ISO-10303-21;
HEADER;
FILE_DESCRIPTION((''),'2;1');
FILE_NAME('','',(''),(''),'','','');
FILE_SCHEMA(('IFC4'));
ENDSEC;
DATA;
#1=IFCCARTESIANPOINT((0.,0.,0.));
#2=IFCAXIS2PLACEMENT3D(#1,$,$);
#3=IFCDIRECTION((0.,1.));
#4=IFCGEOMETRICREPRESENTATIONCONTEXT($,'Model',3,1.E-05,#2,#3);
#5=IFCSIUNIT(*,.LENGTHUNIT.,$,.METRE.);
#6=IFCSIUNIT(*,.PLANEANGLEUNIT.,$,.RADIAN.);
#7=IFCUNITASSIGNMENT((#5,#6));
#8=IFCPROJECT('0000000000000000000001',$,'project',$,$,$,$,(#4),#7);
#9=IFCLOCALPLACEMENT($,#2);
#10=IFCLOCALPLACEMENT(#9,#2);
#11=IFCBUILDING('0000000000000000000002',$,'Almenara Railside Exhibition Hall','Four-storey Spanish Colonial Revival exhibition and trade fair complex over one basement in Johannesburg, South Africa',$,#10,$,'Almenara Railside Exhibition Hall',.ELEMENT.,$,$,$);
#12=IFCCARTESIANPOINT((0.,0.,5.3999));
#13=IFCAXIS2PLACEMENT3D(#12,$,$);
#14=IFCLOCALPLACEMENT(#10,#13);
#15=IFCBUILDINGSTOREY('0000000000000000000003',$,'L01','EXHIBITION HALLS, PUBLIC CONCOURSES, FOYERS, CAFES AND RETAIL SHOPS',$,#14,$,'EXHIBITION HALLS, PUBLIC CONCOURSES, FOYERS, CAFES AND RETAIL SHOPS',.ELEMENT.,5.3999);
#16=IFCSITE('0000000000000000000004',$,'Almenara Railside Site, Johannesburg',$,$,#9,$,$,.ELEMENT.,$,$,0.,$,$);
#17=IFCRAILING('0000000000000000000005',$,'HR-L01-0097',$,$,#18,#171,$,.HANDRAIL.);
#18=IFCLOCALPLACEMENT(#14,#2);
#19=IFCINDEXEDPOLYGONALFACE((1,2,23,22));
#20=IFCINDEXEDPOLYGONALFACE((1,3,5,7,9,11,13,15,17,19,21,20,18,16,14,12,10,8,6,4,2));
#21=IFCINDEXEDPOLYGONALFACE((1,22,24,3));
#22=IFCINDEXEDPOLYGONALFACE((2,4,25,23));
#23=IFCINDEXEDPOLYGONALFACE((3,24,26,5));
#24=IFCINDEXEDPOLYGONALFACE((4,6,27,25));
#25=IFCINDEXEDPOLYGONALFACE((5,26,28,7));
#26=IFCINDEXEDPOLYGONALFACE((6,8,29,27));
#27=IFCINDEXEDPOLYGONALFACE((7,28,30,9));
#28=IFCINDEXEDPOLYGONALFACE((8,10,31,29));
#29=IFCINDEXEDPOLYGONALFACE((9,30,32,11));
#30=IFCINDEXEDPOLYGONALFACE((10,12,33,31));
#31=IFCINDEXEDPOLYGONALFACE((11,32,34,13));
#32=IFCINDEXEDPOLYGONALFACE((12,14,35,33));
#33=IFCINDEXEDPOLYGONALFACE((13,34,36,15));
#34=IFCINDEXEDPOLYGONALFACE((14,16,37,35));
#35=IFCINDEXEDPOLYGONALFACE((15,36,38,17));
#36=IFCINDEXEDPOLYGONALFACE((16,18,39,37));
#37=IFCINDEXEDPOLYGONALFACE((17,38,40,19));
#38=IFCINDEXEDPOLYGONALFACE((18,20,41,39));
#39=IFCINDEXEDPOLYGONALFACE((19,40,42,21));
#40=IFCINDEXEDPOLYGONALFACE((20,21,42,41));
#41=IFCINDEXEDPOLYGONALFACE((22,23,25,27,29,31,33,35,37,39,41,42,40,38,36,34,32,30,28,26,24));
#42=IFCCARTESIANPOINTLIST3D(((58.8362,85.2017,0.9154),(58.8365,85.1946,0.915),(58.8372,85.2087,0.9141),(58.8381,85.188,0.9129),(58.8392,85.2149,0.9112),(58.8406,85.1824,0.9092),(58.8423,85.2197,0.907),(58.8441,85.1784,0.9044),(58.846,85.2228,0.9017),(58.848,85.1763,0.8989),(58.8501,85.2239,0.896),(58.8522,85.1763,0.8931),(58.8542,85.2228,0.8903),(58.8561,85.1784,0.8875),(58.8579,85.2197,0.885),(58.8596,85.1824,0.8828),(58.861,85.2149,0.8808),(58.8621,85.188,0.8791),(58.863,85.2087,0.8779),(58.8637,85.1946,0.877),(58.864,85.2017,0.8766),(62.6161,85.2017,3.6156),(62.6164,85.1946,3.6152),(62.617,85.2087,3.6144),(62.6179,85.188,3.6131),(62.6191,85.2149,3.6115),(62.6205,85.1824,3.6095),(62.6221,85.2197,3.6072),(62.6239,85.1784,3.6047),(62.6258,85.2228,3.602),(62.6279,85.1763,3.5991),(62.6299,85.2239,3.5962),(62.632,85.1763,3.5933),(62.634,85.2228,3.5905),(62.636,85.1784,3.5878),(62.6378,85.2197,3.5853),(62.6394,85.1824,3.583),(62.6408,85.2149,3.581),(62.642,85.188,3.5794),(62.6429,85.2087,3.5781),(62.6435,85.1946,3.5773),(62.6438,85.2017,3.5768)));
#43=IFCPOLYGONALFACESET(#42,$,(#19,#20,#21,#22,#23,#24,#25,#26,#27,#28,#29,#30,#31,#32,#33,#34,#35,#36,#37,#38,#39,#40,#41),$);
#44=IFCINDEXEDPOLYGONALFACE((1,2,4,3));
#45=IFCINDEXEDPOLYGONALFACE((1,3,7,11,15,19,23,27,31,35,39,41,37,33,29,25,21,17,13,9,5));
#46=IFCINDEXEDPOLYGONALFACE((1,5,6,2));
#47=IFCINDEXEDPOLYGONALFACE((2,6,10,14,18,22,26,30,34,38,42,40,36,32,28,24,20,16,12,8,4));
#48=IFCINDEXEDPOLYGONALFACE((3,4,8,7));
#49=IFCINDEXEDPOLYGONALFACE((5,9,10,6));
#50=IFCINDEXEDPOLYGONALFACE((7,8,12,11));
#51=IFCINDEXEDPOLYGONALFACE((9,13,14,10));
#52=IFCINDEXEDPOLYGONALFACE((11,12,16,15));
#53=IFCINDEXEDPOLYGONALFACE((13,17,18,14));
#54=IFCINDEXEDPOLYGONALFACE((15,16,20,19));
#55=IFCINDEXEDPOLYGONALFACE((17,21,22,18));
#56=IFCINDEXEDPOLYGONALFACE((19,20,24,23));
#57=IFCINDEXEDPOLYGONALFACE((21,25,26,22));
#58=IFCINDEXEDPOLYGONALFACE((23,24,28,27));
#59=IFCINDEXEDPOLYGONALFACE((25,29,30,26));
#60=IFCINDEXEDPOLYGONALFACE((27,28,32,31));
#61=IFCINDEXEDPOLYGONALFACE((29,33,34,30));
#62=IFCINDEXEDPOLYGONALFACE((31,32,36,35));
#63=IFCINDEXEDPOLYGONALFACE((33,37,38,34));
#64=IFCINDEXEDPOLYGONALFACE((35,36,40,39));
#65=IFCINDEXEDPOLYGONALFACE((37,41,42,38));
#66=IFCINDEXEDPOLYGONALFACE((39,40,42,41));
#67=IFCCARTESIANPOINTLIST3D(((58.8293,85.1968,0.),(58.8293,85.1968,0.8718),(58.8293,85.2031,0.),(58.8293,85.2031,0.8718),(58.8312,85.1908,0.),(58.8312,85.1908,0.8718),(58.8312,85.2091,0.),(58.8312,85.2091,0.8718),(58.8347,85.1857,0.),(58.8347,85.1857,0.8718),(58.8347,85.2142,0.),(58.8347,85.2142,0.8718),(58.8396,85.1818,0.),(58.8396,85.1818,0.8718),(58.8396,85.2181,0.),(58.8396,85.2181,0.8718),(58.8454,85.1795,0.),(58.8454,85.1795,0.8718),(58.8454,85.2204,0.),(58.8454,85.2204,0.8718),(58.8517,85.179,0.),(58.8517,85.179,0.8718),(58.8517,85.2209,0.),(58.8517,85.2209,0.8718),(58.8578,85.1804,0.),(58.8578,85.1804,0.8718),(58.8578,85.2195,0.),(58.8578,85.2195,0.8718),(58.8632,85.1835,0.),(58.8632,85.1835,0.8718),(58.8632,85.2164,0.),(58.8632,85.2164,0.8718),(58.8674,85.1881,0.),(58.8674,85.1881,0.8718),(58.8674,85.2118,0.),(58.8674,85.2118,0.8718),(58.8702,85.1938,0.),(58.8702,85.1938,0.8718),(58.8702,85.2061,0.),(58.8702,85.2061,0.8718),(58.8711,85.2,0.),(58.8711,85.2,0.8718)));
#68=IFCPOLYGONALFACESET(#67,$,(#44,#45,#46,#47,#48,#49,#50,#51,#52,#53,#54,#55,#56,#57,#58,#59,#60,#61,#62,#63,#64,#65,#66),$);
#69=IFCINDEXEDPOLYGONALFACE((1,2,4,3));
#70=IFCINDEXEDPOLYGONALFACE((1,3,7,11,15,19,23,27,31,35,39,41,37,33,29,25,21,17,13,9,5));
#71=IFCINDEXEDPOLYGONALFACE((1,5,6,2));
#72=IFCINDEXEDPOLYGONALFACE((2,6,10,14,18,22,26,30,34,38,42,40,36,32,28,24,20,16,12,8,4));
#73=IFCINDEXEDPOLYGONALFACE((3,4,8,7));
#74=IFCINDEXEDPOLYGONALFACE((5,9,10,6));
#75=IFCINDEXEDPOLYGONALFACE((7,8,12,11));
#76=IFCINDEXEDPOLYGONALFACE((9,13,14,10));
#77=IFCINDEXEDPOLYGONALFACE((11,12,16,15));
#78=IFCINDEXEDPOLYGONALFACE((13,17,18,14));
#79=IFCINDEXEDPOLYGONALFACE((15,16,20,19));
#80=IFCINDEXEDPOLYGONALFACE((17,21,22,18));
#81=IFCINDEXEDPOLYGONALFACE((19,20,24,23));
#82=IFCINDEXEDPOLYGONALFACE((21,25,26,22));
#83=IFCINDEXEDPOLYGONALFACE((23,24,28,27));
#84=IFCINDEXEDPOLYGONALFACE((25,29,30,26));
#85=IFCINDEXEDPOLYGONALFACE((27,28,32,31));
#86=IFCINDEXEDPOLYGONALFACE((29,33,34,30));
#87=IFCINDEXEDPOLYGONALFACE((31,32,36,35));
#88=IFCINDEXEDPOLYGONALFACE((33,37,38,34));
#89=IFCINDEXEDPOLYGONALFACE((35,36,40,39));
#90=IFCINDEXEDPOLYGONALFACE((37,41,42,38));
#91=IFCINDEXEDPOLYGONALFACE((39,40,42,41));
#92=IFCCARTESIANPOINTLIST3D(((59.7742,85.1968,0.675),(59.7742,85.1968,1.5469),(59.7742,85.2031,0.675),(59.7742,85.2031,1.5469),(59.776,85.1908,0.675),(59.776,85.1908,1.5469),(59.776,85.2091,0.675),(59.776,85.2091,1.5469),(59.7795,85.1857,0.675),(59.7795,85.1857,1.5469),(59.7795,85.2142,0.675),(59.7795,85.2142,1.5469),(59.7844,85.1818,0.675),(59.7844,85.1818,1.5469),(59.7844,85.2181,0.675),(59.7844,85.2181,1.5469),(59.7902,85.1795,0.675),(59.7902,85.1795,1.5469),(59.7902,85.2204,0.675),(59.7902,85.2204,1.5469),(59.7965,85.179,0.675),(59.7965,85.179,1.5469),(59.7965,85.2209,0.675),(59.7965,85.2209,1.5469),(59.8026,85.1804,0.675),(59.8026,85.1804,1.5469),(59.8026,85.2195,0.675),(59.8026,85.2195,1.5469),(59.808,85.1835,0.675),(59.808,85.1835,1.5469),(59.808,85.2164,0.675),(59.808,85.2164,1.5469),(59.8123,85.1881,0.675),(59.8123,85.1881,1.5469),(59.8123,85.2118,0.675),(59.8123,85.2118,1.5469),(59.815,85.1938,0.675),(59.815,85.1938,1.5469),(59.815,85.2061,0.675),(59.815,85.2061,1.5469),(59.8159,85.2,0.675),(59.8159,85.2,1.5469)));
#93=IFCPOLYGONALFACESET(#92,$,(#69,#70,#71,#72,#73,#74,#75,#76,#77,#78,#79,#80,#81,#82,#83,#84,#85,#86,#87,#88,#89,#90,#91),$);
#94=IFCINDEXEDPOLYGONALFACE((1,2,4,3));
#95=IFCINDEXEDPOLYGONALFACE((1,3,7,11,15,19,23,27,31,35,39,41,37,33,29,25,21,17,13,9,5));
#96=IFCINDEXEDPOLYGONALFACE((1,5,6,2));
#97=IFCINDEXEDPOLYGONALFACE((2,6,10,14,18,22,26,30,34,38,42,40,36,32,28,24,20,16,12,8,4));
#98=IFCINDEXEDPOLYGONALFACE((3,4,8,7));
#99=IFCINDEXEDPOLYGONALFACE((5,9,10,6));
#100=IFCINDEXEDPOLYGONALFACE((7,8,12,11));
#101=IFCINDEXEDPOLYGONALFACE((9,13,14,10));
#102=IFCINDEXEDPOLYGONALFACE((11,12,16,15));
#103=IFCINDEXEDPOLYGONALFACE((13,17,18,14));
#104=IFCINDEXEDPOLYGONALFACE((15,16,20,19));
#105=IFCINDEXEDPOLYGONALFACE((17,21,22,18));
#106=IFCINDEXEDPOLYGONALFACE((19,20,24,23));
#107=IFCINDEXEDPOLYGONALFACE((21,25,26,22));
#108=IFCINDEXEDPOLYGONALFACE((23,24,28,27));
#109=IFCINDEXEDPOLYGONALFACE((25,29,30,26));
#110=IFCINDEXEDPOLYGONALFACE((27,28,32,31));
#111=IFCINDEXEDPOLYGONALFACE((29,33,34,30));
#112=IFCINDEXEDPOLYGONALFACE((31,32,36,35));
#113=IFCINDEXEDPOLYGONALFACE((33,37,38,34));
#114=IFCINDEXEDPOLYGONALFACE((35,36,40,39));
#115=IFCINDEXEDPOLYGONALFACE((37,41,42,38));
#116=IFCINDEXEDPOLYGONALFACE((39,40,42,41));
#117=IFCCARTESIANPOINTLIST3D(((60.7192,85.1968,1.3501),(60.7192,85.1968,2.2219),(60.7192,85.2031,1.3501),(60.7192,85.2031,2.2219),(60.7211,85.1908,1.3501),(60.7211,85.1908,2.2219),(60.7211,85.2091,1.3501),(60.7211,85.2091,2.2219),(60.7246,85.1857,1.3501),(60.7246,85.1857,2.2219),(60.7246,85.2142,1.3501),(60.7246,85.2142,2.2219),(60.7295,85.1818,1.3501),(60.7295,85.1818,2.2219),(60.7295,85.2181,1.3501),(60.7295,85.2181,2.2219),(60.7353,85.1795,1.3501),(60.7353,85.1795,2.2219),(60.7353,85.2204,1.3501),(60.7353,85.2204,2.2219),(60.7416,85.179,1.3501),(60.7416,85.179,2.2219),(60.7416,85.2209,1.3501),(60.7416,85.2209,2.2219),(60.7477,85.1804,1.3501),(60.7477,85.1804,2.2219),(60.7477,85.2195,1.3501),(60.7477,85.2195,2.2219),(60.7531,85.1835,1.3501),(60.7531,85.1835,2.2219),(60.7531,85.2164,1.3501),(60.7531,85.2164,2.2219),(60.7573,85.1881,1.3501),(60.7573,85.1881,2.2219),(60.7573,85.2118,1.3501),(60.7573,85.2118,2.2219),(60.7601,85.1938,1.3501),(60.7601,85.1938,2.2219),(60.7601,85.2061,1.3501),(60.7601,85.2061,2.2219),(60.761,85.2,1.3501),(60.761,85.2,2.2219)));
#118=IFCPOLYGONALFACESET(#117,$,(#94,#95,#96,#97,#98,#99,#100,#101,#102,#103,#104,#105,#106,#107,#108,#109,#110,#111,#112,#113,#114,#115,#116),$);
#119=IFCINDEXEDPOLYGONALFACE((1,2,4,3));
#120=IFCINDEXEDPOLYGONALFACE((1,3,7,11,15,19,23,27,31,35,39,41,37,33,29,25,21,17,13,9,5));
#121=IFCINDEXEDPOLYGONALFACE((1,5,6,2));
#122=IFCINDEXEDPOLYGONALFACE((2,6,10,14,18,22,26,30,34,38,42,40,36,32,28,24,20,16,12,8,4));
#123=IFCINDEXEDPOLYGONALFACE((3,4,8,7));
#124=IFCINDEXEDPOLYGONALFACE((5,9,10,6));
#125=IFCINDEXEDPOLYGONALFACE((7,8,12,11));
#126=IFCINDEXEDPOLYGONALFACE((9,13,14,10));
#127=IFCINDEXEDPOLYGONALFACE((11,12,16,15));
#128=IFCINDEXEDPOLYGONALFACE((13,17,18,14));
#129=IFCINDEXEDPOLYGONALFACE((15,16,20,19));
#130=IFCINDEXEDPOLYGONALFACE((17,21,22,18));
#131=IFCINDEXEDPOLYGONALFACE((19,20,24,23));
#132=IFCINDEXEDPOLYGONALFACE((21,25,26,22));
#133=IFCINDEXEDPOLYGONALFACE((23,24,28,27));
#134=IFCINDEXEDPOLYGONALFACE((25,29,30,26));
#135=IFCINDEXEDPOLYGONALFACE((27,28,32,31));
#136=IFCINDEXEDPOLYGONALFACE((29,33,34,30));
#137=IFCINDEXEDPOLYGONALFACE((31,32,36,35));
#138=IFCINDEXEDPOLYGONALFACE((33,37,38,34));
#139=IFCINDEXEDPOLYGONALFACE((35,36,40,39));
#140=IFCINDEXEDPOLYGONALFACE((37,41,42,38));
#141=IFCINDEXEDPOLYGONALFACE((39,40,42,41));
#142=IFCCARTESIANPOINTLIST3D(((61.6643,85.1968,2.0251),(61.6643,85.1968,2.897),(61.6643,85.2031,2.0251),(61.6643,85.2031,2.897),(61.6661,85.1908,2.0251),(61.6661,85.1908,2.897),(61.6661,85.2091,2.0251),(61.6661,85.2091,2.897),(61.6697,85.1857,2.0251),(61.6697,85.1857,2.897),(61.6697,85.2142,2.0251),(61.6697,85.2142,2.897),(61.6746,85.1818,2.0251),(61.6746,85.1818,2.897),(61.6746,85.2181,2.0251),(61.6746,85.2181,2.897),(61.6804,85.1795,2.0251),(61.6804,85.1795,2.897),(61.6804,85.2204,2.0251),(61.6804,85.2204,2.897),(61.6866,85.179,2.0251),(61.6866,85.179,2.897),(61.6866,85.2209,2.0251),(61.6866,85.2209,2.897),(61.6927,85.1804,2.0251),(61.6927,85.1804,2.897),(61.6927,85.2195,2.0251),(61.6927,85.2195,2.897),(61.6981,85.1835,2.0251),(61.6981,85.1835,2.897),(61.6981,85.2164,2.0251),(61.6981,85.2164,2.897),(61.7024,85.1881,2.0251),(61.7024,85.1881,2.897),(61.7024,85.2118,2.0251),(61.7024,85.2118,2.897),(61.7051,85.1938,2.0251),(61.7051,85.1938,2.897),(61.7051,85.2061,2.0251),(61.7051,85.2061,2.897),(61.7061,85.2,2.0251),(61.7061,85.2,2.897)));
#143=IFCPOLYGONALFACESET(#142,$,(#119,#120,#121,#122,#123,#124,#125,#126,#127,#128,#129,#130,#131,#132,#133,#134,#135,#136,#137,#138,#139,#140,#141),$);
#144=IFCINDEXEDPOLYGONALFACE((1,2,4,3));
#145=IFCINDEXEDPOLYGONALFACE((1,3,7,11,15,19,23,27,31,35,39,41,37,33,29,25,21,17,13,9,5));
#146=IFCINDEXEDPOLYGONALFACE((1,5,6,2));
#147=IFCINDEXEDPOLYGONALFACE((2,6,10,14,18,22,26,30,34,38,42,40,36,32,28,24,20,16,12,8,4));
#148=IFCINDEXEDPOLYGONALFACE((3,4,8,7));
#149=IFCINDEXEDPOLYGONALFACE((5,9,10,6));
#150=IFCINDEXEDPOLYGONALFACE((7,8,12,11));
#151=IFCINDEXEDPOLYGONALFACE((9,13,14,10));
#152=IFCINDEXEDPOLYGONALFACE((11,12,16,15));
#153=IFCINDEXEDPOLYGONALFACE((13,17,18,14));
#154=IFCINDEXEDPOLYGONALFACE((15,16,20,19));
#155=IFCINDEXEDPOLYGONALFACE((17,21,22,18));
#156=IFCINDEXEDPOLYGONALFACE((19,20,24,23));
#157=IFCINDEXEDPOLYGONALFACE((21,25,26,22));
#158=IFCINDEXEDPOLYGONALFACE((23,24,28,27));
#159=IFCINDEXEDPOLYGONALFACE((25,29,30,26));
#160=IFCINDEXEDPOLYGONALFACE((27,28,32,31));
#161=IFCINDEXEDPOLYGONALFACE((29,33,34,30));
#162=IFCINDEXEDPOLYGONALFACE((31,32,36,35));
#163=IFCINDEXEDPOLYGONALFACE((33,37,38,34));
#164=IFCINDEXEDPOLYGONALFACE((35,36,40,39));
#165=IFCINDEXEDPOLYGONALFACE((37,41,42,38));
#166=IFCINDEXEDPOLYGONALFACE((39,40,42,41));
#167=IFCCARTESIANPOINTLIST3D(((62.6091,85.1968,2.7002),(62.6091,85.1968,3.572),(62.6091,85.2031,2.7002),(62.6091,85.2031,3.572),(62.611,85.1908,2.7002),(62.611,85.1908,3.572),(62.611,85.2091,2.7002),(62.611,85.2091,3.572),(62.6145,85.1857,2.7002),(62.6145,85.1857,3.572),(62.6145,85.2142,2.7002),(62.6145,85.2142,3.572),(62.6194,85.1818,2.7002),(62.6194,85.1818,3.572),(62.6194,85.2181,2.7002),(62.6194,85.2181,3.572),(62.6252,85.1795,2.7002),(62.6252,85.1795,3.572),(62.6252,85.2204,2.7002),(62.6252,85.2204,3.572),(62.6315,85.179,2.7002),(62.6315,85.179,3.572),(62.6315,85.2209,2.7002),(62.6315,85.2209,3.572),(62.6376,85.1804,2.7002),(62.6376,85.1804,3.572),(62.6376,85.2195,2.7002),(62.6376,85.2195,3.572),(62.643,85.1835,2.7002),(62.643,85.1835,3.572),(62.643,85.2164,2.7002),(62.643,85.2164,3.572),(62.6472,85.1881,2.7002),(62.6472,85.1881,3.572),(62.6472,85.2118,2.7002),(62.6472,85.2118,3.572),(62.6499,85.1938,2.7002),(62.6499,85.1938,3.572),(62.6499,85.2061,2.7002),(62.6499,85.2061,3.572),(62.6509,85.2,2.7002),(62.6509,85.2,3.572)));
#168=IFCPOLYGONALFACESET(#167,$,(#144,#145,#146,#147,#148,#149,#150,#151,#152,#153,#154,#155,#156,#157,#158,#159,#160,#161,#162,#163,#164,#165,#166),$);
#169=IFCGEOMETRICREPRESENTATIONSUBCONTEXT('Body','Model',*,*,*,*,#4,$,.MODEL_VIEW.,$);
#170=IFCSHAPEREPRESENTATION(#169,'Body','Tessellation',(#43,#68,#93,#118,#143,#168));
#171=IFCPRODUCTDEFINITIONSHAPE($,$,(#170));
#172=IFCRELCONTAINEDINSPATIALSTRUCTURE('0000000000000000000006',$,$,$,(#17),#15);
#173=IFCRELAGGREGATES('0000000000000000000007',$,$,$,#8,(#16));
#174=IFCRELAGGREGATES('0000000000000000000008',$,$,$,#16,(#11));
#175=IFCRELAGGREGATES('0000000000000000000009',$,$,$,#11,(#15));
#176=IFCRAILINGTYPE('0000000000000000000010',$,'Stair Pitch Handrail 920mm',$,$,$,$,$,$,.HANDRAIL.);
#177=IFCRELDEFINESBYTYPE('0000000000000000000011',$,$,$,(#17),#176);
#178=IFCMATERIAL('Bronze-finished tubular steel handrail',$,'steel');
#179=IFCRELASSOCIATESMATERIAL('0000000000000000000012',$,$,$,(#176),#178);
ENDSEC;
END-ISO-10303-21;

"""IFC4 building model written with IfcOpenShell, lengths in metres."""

from ifc_helpers import new_model, si_unit, direction, frame, origin, origin_2d, place, context, subcontext, project, spatial, circle, extrude, material, type_object, element, save


model = new_model("IFC4")

# Units and contexts
model_context = context("Model", 3, precision=1e-05, world=origin(), true_north=direction((0.0, 1.0)))
body_context = subcontext(model_context, "Body", "Model", "MODEL_VIEW")
ifc_project = project(units=[si_unit("LENGTHUNIT", "METRE"), si_unit("PLANEANGLEUNIT", "RADIAN")], contexts=[model_context])

# Site, building, storey
site_placement = place(None, origin())
site = spatial("IfcSite", under=ifc_project, at=site_placement, Name="Almenara Railside Site, Johannesburg", CompositionType="ELEMENT", RefElevation=0.0)
building_placement = place(site_placement, origin())
building = spatial("IfcBuilding", under=site, at=building_placement, Name="Almenara Railside Exhibition Hall", Description="Four-storey Spanish Colonial Revival exhibition and trade fair complex over one basement in Johannesburg, South Africa", LongName="Almenara Railside Exhibition Hall", CompositionType="ELEMENT")
storey_placement = place(building_placement, frame((0.0, 0.0, 5.3999)))
storey = spatial("IfcBuildingStorey", under=building, at=storey_placement, Name="L01", Description="EXHIBITION HALLS, PUBLIC CONCOURSES, FOYERS, CAFES AND RETAIL SHOPS", LongName="EXHIBITION HALLS, PUBLIC CONCOURSES, FOYERS, CAFES AND RETAIL SHOPS", CompositionType="ELEMENT", Elevation=5.3999)

# Railing
ifc_material_1 = material(Name="Bronze-finished tubular steel handrail", Category="steel")
railing_type_1 = type_object("IfcRailingType", Name="Stair Pitch Handrail 920mm", PredefinedType="HANDRAIL", material=ifc_material_1)
railing_1_placement = place(storey_placement, frame((58.8501, 85.2, 0.0)))
element("IfcRailing", 1, at=railing_1_placement, inside=storey, type_object=railing_type_1, Name="HR-L01-0097", PredefinedType="HANDRAIL", context=body_context, shape_type="SweptSolid", body=[
    extrude(circle(Radius=0.0239, at=origin_2d()), frame((0.0, 0.0, 0.896), z_axis=(0.813698, 0.0, 0.581288), x_axis=(0.0, 1.0, 0.0)), (0.0, 0.0, 1.0), 4.6453),
    extrude(circle(Radius=0.021, at=origin_2d()), origin(), (0.0, 0.0, 1.0), 0.8718),
    extrude(circle(Radius=0.021, at=origin_2d()), frame((0.9448, 0.0, 0.675)), (0.0, 0.0, 1.0), 0.8718),
    extrude(circle(Radius=0.021, at=origin_2d()), frame((1.8899, 0.0, 1.3501)), (0.0, 0.0, 1.0), 0.8718),
    extrude(circle(Radius=0.021, at=origin_2d()), frame((2.835, 0.0, 2.0251)), (0.0, 0.0, 1.0), 0.8718),
    extrude(circle(Radius=0.021, at=origin_2d()), frame((3.7798, 0.0, 2.7002)), (0.0, 0.0, 1.0), 0.8718),
])

save(model, "model.ifc")
